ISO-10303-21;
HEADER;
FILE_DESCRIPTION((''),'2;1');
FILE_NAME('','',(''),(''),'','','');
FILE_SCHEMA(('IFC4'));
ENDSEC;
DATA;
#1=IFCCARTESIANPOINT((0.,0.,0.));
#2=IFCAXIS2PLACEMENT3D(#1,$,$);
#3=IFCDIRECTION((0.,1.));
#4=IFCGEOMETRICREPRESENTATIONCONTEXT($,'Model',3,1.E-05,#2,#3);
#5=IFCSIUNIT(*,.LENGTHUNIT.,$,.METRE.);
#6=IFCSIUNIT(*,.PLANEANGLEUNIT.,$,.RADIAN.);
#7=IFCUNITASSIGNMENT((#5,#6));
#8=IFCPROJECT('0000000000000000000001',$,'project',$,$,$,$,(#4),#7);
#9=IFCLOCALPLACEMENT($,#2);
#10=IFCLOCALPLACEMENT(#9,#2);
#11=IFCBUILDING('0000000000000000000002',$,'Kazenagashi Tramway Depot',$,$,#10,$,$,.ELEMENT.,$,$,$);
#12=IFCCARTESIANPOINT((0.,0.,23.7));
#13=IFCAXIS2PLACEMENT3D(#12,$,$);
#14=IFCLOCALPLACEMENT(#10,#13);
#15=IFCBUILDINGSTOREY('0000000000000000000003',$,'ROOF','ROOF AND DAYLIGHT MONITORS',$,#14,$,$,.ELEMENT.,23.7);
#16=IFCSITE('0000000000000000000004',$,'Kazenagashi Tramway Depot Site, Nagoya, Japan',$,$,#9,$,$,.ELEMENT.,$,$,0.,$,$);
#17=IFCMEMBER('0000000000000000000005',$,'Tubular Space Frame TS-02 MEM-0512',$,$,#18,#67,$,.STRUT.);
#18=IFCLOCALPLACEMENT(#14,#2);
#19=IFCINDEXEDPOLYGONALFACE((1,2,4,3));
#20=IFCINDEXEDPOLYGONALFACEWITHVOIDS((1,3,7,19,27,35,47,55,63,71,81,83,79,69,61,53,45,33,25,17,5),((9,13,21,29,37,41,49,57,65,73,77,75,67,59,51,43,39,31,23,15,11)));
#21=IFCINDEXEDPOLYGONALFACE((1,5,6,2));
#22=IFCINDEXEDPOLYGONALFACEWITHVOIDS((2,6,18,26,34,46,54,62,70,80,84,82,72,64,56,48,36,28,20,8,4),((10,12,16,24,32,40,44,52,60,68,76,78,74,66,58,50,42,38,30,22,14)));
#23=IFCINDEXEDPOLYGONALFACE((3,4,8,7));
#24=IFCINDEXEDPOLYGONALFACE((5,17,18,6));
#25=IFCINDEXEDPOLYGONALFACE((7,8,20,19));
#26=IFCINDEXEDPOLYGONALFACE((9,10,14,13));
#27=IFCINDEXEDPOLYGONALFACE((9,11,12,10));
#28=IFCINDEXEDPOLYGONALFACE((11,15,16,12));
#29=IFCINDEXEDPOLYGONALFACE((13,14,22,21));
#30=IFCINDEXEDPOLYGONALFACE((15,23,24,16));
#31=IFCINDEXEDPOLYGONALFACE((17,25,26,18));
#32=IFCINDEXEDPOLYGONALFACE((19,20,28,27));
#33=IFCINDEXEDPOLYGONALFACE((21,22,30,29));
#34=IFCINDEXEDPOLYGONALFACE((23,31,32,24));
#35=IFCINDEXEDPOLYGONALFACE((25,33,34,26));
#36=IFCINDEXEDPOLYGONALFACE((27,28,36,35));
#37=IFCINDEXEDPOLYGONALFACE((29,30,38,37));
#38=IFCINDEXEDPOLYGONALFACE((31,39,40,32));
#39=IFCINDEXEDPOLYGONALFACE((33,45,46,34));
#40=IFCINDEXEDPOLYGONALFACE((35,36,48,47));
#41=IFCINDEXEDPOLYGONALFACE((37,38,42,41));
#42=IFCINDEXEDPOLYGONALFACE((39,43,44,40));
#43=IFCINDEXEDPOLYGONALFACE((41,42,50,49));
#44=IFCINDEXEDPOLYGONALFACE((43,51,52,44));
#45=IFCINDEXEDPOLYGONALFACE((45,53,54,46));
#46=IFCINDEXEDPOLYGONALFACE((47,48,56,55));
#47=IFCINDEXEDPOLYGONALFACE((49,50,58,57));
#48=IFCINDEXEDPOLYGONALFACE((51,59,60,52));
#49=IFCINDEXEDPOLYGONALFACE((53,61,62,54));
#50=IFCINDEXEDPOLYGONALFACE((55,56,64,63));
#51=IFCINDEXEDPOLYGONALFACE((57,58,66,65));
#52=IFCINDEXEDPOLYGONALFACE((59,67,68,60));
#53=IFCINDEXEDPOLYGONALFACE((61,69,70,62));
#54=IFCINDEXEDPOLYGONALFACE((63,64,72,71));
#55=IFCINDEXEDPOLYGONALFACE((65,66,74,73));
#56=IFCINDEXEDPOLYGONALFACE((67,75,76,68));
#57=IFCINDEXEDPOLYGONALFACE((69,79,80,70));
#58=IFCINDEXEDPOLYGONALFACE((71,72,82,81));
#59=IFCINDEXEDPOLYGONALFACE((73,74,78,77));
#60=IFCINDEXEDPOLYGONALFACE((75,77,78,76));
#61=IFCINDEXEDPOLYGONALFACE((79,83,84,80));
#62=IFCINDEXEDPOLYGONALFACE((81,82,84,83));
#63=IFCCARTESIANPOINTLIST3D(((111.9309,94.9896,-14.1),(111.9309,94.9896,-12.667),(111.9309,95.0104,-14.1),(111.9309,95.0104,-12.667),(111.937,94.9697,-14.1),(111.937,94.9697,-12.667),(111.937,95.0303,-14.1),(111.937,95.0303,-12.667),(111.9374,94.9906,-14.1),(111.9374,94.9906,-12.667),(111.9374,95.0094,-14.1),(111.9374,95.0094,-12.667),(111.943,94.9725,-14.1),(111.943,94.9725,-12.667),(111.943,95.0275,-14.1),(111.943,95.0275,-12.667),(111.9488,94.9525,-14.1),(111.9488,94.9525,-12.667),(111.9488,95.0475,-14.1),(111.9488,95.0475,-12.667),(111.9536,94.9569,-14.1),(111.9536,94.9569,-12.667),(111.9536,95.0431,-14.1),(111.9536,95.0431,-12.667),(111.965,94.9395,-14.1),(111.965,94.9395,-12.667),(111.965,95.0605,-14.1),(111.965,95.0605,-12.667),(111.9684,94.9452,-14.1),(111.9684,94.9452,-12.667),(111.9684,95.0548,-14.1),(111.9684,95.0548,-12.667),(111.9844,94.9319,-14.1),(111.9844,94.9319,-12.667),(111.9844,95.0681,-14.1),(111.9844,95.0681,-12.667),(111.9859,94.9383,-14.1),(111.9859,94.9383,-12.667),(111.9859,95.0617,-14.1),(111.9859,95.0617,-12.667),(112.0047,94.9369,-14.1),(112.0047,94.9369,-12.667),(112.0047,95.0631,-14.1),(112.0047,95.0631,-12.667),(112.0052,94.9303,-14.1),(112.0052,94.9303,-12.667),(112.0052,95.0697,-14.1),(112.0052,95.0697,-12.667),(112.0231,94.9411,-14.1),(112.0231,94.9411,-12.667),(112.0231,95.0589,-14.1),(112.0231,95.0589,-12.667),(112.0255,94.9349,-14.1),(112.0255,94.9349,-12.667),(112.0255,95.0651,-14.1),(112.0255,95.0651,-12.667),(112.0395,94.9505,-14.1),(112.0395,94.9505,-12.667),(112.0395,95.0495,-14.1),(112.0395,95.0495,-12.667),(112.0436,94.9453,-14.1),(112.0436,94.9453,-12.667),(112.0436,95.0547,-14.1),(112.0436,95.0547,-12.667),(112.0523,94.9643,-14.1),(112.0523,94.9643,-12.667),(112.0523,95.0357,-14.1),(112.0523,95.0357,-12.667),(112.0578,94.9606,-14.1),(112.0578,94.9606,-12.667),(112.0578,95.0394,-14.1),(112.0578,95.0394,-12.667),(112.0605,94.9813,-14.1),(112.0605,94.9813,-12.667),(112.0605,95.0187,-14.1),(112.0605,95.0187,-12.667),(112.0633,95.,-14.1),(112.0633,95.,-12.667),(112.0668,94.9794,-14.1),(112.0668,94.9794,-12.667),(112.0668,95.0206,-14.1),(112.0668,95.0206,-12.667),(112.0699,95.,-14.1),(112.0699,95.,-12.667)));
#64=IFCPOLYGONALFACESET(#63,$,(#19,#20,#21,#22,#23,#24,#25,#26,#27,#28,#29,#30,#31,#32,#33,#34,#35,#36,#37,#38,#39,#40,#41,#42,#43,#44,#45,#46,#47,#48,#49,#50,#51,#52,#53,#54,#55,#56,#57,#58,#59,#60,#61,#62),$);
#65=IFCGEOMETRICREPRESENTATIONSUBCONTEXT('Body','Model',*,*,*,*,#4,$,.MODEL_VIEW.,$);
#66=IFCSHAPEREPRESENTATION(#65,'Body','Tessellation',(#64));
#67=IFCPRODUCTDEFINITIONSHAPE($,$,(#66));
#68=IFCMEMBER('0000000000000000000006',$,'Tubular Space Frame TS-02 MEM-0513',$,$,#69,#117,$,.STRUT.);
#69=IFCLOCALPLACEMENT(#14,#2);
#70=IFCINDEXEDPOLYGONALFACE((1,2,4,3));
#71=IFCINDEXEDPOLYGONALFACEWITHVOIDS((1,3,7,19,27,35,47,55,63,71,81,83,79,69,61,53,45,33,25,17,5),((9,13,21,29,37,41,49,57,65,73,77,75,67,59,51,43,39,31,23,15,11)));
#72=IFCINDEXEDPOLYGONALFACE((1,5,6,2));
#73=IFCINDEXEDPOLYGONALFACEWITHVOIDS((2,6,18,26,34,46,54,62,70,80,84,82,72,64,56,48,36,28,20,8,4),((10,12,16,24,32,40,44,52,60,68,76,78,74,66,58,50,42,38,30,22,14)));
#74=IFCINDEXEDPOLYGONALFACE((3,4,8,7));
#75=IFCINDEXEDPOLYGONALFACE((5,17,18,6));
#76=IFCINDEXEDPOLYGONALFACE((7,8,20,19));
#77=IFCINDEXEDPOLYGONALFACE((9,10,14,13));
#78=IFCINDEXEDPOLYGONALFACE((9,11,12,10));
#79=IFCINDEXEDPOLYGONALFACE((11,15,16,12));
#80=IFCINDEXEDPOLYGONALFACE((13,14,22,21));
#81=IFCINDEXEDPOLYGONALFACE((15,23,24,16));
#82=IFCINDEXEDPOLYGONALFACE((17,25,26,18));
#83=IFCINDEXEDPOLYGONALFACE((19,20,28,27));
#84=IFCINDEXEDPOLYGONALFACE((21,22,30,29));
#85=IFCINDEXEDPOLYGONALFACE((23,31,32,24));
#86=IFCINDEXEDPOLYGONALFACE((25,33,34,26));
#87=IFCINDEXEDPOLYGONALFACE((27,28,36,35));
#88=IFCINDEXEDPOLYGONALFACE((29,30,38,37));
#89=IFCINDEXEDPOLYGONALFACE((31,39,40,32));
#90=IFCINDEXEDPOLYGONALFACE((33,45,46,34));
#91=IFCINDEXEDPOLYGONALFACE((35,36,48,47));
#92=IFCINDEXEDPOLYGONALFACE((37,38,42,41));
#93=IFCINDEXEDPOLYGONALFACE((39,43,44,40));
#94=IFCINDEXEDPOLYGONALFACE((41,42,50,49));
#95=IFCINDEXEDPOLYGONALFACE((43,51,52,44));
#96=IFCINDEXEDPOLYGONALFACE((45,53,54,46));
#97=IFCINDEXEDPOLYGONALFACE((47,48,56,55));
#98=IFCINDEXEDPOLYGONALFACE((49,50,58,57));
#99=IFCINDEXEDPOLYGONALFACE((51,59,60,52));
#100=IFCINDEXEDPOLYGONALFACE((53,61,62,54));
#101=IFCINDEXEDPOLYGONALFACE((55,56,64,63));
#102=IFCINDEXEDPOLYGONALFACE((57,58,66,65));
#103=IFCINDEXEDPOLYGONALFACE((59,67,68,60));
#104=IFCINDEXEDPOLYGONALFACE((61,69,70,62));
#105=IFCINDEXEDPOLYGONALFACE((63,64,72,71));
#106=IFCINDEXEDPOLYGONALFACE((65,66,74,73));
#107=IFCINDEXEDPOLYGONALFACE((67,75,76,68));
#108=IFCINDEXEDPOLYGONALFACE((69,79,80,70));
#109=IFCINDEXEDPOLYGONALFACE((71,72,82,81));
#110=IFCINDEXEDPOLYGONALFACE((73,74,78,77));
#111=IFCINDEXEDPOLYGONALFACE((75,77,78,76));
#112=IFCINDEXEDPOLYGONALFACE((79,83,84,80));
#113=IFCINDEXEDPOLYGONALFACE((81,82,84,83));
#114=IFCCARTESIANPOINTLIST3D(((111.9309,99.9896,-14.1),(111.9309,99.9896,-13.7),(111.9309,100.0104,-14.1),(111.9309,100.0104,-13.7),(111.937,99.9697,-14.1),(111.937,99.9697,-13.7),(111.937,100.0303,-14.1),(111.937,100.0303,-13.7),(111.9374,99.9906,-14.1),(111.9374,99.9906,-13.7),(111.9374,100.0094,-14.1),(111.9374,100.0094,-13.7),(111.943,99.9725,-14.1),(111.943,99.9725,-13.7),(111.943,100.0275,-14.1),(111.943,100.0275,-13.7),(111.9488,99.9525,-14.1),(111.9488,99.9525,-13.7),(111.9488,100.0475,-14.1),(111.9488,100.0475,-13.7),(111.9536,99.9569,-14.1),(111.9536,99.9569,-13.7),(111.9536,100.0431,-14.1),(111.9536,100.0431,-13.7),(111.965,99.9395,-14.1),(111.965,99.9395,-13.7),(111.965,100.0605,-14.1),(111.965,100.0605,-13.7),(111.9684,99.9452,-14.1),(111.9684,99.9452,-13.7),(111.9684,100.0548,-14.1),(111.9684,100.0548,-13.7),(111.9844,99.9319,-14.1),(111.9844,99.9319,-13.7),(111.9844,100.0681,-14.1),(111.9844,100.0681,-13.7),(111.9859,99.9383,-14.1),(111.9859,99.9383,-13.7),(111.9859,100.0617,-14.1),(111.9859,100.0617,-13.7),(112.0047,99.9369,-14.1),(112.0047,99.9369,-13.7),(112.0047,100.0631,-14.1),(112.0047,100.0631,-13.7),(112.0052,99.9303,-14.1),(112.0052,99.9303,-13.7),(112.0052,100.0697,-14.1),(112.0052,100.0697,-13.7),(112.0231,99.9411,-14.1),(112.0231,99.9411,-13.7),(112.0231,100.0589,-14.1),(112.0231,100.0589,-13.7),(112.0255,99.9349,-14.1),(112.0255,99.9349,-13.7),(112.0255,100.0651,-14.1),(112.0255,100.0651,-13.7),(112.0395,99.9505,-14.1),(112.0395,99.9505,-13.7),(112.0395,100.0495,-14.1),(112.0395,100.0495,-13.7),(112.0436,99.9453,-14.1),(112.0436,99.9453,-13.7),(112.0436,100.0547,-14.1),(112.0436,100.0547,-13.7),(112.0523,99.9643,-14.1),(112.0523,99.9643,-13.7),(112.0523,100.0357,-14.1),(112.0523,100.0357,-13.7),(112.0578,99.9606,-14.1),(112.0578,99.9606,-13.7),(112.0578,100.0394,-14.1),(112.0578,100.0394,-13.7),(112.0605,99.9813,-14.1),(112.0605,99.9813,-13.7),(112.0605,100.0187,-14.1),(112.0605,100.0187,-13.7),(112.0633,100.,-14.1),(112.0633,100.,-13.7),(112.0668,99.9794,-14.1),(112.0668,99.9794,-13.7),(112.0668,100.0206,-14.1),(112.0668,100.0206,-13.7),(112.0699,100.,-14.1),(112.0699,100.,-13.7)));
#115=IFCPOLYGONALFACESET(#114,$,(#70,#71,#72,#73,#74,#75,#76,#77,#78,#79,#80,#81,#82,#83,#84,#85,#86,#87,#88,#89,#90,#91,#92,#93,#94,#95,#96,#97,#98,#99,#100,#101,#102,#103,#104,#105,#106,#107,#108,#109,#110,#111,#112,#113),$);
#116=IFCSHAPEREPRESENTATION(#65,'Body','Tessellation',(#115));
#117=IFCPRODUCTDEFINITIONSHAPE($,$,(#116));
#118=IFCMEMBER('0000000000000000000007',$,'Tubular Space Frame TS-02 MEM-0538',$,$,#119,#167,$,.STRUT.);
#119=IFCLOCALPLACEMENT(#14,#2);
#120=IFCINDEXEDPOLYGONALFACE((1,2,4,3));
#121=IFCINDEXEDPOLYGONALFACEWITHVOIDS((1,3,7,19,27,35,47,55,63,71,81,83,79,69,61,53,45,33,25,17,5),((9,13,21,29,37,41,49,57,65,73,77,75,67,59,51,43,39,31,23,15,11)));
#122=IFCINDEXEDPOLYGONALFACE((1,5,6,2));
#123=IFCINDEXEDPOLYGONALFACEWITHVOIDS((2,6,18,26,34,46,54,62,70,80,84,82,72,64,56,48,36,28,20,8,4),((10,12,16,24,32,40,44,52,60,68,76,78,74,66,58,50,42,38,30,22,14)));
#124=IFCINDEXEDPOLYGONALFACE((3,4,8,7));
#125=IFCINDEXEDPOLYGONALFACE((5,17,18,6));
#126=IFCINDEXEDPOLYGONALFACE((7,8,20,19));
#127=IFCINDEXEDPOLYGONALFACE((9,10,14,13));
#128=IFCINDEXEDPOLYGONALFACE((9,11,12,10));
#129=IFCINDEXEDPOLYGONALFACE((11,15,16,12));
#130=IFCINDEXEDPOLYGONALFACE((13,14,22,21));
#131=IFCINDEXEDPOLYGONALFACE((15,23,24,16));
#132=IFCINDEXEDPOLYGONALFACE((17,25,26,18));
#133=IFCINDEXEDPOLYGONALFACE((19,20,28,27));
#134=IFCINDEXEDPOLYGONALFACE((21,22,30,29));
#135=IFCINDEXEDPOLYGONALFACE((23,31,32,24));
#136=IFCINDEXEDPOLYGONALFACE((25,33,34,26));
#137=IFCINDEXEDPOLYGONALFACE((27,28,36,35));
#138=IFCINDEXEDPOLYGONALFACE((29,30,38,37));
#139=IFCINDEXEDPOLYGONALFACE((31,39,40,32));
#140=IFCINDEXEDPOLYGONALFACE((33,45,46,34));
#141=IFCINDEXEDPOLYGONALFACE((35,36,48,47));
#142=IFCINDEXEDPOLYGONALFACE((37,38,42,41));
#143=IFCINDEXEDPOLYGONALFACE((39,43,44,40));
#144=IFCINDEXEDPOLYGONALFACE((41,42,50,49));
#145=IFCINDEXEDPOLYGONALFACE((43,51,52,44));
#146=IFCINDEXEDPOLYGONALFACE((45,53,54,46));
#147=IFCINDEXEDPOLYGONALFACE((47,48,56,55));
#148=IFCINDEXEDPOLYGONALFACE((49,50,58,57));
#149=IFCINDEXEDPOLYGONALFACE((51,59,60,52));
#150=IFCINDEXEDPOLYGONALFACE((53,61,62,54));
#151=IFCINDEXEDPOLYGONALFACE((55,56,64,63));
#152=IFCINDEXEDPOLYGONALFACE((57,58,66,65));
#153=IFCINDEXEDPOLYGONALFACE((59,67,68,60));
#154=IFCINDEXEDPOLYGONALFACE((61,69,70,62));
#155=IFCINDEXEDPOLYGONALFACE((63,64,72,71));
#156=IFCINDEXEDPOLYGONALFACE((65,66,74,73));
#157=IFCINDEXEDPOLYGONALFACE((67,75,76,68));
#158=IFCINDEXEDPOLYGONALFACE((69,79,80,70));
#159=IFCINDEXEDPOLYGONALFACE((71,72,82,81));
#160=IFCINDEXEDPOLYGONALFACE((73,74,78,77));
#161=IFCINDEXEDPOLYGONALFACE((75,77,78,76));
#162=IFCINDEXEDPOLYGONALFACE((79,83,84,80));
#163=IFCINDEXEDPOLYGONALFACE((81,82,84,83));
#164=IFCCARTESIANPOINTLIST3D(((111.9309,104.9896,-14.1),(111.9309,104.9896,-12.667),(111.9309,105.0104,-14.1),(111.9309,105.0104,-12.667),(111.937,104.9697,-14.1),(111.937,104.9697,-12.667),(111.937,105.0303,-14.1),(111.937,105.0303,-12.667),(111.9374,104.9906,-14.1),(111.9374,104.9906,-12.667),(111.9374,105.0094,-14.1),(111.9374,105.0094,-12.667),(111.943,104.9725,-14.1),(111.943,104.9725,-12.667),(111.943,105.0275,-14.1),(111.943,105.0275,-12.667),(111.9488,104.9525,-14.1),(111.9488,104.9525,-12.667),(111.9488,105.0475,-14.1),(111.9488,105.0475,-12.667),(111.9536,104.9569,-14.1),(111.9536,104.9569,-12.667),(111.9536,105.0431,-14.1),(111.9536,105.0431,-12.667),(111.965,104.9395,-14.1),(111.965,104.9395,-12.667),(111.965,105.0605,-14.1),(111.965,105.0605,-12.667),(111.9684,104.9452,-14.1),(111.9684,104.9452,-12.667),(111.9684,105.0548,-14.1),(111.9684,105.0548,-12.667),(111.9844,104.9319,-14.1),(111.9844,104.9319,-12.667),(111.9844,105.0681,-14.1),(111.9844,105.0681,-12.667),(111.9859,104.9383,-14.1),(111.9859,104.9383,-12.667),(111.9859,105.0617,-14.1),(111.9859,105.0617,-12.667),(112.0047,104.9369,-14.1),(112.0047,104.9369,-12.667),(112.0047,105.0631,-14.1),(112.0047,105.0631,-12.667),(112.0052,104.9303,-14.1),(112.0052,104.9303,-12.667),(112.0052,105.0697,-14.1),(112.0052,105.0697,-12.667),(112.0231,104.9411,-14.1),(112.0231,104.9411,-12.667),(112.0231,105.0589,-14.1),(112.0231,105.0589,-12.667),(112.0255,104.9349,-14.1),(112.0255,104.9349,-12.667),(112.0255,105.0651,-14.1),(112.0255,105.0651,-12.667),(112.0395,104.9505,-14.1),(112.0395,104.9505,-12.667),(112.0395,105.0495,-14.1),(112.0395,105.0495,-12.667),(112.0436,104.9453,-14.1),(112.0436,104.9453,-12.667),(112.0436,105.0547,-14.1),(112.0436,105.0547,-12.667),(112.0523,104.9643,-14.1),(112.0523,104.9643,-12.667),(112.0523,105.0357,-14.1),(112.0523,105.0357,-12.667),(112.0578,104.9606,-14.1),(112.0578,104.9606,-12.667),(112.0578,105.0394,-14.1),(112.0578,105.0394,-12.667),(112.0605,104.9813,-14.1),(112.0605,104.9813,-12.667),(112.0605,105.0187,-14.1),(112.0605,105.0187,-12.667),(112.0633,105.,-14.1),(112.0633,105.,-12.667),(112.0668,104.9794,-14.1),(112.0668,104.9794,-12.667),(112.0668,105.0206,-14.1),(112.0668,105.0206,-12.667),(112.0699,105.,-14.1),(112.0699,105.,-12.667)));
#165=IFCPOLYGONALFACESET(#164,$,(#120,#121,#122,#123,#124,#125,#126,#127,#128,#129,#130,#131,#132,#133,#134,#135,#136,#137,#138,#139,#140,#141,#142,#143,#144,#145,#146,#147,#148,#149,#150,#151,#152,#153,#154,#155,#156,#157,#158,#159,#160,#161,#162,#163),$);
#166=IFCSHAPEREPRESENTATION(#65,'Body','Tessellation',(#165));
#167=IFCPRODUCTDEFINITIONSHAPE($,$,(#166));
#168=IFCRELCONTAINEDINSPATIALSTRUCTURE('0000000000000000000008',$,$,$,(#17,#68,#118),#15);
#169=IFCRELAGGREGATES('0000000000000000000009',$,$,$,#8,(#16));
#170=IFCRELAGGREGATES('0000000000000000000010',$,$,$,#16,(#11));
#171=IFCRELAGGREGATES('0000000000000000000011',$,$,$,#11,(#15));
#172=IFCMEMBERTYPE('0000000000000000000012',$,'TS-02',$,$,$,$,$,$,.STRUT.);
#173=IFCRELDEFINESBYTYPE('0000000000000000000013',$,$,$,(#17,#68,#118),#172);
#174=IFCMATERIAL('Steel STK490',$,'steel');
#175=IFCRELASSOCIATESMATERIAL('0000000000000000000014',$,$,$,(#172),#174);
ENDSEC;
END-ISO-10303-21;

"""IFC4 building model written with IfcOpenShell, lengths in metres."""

from ifc_helpers import new_model, si_unit, direction, frame, origin, origin_2d, place, context, subcontext, project, spatial, hollow_circle, extrude, material, material_profile, profile_set, type_object, element, save


model = new_model("IFC4")

# Units and contexts
model_context = context("Model", 3, precision=1e-05, world=origin(), true_north=direction((0.0, 1.0)))
body_context = subcontext(model_context, "Body", "Model", "MODEL_VIEW")
ifc_project = project(units=[si_unit("LENGTHUNIT", "METRE"), si_unit("PLANEANGLEUNIT", "RADIAN")], contexts=[model_context])

# Site, building, storey
site_placement = place(None, origin())
site = spatial("IfcSite", under=ifc_project, at=site_placement, Name="Kazenagashi Tramway Depot Site, Nagoya, Japan", CompositionType="ELEMENT", RefElevation=0.0)
building_placement = place(site_placement, origin())
building = spatial("IfcBuilding", under=site, at=building_placement, Name="Kazenagashi Tramway Depot", CompositionType="ELEMENT")
storey_placement = place(building_placement, frame((0.0, 0.0, 23.7)))
storey = spatial("IfcBuildingStorey", under=building, at=storey_placement, Name="ROOF", Description="ROOF AND DAYLIGHT MONITORS", CompositionType="ELEMENT", Elevation=23.7)

# Members
ifc_material_1 = material(Name="Steel STK490", Category="steel")
ifc_material_profile_1 = material_profile(ifc_material_1, hollow_circle(Radius=0.0699, WallThickness=0.0066, at=origin_2d()), Name="CHS-139.8x6.6")
ifc_profile_set_1 = profile_set([ifc_material_profile_1], Name="Steel STK490")
member_type_1 = type_object("IfcMemberType", Name="TS-02", PredefinedType="STRUT", material=ifc_profile_set_1)
member_1_placement = place(storey_placement, frame((112.0, 95.0, -14.1), z_axis=(0.0, 0.0, 1.0), x_axis=(1.0, 0.0, 0.0)))
element("IfcMember", 1, at=member_1_placement, inside=storey, type_object=member_type_1, Name="Tubular Space Frame TS-02 MEM-0512", PredefinedType="STRUT", context=body_context, shape_type="SweptSolid", body=[
    extrude(hollow_circle(Radius=0.0699, WallThickness=0.0066, at=origin_2d()), origin(), (0.0, 0.0, 1.0), 1.433),
])
member_2_placement = place(storey_placement, frame((112.0, 100.0, -14.1), z_axis=(0.0, 0.0, 1.0), x_axis=(1.0, 0.0, 0.0)))
element("IfcMember", 2, at=member_2_placement, inside=storey, type_object=member_type_1, Name="Tubular Space Frame TS-02 MEM-0513", PredefinedType="STRUT", context=body_context, shape_type="SweptSolid", body=[
    extrude(hollow_circle(Radius=0.0699, WallThickness=0.0066, at=origin_2d()), origin(), (0.0, 0.0, 1.0), 0.4),
])
member_3_placement = place(storey_placement, frame((112.0, 105.0, -14.1), z_axis=(0.0, 0.0, 1.0), x_axis=(1.0, 0.0, 0.0)))
element("IfcMember", 3, at=member_3_placement, inside=storey, type_object=member_type_1, Name="Tubular Space Frame TS-02 MEM-0538", PredefinedType="STRUT", context=body_context, shape_type="SweptSolid", body=[
    extrude(hollow_circle(Radius=0.0699, WallThickness=0.0066, at=origin_2d()), origin(), (0.0, 0.0, 1.0), 1.433),
])

save(model, "model.ifc")
